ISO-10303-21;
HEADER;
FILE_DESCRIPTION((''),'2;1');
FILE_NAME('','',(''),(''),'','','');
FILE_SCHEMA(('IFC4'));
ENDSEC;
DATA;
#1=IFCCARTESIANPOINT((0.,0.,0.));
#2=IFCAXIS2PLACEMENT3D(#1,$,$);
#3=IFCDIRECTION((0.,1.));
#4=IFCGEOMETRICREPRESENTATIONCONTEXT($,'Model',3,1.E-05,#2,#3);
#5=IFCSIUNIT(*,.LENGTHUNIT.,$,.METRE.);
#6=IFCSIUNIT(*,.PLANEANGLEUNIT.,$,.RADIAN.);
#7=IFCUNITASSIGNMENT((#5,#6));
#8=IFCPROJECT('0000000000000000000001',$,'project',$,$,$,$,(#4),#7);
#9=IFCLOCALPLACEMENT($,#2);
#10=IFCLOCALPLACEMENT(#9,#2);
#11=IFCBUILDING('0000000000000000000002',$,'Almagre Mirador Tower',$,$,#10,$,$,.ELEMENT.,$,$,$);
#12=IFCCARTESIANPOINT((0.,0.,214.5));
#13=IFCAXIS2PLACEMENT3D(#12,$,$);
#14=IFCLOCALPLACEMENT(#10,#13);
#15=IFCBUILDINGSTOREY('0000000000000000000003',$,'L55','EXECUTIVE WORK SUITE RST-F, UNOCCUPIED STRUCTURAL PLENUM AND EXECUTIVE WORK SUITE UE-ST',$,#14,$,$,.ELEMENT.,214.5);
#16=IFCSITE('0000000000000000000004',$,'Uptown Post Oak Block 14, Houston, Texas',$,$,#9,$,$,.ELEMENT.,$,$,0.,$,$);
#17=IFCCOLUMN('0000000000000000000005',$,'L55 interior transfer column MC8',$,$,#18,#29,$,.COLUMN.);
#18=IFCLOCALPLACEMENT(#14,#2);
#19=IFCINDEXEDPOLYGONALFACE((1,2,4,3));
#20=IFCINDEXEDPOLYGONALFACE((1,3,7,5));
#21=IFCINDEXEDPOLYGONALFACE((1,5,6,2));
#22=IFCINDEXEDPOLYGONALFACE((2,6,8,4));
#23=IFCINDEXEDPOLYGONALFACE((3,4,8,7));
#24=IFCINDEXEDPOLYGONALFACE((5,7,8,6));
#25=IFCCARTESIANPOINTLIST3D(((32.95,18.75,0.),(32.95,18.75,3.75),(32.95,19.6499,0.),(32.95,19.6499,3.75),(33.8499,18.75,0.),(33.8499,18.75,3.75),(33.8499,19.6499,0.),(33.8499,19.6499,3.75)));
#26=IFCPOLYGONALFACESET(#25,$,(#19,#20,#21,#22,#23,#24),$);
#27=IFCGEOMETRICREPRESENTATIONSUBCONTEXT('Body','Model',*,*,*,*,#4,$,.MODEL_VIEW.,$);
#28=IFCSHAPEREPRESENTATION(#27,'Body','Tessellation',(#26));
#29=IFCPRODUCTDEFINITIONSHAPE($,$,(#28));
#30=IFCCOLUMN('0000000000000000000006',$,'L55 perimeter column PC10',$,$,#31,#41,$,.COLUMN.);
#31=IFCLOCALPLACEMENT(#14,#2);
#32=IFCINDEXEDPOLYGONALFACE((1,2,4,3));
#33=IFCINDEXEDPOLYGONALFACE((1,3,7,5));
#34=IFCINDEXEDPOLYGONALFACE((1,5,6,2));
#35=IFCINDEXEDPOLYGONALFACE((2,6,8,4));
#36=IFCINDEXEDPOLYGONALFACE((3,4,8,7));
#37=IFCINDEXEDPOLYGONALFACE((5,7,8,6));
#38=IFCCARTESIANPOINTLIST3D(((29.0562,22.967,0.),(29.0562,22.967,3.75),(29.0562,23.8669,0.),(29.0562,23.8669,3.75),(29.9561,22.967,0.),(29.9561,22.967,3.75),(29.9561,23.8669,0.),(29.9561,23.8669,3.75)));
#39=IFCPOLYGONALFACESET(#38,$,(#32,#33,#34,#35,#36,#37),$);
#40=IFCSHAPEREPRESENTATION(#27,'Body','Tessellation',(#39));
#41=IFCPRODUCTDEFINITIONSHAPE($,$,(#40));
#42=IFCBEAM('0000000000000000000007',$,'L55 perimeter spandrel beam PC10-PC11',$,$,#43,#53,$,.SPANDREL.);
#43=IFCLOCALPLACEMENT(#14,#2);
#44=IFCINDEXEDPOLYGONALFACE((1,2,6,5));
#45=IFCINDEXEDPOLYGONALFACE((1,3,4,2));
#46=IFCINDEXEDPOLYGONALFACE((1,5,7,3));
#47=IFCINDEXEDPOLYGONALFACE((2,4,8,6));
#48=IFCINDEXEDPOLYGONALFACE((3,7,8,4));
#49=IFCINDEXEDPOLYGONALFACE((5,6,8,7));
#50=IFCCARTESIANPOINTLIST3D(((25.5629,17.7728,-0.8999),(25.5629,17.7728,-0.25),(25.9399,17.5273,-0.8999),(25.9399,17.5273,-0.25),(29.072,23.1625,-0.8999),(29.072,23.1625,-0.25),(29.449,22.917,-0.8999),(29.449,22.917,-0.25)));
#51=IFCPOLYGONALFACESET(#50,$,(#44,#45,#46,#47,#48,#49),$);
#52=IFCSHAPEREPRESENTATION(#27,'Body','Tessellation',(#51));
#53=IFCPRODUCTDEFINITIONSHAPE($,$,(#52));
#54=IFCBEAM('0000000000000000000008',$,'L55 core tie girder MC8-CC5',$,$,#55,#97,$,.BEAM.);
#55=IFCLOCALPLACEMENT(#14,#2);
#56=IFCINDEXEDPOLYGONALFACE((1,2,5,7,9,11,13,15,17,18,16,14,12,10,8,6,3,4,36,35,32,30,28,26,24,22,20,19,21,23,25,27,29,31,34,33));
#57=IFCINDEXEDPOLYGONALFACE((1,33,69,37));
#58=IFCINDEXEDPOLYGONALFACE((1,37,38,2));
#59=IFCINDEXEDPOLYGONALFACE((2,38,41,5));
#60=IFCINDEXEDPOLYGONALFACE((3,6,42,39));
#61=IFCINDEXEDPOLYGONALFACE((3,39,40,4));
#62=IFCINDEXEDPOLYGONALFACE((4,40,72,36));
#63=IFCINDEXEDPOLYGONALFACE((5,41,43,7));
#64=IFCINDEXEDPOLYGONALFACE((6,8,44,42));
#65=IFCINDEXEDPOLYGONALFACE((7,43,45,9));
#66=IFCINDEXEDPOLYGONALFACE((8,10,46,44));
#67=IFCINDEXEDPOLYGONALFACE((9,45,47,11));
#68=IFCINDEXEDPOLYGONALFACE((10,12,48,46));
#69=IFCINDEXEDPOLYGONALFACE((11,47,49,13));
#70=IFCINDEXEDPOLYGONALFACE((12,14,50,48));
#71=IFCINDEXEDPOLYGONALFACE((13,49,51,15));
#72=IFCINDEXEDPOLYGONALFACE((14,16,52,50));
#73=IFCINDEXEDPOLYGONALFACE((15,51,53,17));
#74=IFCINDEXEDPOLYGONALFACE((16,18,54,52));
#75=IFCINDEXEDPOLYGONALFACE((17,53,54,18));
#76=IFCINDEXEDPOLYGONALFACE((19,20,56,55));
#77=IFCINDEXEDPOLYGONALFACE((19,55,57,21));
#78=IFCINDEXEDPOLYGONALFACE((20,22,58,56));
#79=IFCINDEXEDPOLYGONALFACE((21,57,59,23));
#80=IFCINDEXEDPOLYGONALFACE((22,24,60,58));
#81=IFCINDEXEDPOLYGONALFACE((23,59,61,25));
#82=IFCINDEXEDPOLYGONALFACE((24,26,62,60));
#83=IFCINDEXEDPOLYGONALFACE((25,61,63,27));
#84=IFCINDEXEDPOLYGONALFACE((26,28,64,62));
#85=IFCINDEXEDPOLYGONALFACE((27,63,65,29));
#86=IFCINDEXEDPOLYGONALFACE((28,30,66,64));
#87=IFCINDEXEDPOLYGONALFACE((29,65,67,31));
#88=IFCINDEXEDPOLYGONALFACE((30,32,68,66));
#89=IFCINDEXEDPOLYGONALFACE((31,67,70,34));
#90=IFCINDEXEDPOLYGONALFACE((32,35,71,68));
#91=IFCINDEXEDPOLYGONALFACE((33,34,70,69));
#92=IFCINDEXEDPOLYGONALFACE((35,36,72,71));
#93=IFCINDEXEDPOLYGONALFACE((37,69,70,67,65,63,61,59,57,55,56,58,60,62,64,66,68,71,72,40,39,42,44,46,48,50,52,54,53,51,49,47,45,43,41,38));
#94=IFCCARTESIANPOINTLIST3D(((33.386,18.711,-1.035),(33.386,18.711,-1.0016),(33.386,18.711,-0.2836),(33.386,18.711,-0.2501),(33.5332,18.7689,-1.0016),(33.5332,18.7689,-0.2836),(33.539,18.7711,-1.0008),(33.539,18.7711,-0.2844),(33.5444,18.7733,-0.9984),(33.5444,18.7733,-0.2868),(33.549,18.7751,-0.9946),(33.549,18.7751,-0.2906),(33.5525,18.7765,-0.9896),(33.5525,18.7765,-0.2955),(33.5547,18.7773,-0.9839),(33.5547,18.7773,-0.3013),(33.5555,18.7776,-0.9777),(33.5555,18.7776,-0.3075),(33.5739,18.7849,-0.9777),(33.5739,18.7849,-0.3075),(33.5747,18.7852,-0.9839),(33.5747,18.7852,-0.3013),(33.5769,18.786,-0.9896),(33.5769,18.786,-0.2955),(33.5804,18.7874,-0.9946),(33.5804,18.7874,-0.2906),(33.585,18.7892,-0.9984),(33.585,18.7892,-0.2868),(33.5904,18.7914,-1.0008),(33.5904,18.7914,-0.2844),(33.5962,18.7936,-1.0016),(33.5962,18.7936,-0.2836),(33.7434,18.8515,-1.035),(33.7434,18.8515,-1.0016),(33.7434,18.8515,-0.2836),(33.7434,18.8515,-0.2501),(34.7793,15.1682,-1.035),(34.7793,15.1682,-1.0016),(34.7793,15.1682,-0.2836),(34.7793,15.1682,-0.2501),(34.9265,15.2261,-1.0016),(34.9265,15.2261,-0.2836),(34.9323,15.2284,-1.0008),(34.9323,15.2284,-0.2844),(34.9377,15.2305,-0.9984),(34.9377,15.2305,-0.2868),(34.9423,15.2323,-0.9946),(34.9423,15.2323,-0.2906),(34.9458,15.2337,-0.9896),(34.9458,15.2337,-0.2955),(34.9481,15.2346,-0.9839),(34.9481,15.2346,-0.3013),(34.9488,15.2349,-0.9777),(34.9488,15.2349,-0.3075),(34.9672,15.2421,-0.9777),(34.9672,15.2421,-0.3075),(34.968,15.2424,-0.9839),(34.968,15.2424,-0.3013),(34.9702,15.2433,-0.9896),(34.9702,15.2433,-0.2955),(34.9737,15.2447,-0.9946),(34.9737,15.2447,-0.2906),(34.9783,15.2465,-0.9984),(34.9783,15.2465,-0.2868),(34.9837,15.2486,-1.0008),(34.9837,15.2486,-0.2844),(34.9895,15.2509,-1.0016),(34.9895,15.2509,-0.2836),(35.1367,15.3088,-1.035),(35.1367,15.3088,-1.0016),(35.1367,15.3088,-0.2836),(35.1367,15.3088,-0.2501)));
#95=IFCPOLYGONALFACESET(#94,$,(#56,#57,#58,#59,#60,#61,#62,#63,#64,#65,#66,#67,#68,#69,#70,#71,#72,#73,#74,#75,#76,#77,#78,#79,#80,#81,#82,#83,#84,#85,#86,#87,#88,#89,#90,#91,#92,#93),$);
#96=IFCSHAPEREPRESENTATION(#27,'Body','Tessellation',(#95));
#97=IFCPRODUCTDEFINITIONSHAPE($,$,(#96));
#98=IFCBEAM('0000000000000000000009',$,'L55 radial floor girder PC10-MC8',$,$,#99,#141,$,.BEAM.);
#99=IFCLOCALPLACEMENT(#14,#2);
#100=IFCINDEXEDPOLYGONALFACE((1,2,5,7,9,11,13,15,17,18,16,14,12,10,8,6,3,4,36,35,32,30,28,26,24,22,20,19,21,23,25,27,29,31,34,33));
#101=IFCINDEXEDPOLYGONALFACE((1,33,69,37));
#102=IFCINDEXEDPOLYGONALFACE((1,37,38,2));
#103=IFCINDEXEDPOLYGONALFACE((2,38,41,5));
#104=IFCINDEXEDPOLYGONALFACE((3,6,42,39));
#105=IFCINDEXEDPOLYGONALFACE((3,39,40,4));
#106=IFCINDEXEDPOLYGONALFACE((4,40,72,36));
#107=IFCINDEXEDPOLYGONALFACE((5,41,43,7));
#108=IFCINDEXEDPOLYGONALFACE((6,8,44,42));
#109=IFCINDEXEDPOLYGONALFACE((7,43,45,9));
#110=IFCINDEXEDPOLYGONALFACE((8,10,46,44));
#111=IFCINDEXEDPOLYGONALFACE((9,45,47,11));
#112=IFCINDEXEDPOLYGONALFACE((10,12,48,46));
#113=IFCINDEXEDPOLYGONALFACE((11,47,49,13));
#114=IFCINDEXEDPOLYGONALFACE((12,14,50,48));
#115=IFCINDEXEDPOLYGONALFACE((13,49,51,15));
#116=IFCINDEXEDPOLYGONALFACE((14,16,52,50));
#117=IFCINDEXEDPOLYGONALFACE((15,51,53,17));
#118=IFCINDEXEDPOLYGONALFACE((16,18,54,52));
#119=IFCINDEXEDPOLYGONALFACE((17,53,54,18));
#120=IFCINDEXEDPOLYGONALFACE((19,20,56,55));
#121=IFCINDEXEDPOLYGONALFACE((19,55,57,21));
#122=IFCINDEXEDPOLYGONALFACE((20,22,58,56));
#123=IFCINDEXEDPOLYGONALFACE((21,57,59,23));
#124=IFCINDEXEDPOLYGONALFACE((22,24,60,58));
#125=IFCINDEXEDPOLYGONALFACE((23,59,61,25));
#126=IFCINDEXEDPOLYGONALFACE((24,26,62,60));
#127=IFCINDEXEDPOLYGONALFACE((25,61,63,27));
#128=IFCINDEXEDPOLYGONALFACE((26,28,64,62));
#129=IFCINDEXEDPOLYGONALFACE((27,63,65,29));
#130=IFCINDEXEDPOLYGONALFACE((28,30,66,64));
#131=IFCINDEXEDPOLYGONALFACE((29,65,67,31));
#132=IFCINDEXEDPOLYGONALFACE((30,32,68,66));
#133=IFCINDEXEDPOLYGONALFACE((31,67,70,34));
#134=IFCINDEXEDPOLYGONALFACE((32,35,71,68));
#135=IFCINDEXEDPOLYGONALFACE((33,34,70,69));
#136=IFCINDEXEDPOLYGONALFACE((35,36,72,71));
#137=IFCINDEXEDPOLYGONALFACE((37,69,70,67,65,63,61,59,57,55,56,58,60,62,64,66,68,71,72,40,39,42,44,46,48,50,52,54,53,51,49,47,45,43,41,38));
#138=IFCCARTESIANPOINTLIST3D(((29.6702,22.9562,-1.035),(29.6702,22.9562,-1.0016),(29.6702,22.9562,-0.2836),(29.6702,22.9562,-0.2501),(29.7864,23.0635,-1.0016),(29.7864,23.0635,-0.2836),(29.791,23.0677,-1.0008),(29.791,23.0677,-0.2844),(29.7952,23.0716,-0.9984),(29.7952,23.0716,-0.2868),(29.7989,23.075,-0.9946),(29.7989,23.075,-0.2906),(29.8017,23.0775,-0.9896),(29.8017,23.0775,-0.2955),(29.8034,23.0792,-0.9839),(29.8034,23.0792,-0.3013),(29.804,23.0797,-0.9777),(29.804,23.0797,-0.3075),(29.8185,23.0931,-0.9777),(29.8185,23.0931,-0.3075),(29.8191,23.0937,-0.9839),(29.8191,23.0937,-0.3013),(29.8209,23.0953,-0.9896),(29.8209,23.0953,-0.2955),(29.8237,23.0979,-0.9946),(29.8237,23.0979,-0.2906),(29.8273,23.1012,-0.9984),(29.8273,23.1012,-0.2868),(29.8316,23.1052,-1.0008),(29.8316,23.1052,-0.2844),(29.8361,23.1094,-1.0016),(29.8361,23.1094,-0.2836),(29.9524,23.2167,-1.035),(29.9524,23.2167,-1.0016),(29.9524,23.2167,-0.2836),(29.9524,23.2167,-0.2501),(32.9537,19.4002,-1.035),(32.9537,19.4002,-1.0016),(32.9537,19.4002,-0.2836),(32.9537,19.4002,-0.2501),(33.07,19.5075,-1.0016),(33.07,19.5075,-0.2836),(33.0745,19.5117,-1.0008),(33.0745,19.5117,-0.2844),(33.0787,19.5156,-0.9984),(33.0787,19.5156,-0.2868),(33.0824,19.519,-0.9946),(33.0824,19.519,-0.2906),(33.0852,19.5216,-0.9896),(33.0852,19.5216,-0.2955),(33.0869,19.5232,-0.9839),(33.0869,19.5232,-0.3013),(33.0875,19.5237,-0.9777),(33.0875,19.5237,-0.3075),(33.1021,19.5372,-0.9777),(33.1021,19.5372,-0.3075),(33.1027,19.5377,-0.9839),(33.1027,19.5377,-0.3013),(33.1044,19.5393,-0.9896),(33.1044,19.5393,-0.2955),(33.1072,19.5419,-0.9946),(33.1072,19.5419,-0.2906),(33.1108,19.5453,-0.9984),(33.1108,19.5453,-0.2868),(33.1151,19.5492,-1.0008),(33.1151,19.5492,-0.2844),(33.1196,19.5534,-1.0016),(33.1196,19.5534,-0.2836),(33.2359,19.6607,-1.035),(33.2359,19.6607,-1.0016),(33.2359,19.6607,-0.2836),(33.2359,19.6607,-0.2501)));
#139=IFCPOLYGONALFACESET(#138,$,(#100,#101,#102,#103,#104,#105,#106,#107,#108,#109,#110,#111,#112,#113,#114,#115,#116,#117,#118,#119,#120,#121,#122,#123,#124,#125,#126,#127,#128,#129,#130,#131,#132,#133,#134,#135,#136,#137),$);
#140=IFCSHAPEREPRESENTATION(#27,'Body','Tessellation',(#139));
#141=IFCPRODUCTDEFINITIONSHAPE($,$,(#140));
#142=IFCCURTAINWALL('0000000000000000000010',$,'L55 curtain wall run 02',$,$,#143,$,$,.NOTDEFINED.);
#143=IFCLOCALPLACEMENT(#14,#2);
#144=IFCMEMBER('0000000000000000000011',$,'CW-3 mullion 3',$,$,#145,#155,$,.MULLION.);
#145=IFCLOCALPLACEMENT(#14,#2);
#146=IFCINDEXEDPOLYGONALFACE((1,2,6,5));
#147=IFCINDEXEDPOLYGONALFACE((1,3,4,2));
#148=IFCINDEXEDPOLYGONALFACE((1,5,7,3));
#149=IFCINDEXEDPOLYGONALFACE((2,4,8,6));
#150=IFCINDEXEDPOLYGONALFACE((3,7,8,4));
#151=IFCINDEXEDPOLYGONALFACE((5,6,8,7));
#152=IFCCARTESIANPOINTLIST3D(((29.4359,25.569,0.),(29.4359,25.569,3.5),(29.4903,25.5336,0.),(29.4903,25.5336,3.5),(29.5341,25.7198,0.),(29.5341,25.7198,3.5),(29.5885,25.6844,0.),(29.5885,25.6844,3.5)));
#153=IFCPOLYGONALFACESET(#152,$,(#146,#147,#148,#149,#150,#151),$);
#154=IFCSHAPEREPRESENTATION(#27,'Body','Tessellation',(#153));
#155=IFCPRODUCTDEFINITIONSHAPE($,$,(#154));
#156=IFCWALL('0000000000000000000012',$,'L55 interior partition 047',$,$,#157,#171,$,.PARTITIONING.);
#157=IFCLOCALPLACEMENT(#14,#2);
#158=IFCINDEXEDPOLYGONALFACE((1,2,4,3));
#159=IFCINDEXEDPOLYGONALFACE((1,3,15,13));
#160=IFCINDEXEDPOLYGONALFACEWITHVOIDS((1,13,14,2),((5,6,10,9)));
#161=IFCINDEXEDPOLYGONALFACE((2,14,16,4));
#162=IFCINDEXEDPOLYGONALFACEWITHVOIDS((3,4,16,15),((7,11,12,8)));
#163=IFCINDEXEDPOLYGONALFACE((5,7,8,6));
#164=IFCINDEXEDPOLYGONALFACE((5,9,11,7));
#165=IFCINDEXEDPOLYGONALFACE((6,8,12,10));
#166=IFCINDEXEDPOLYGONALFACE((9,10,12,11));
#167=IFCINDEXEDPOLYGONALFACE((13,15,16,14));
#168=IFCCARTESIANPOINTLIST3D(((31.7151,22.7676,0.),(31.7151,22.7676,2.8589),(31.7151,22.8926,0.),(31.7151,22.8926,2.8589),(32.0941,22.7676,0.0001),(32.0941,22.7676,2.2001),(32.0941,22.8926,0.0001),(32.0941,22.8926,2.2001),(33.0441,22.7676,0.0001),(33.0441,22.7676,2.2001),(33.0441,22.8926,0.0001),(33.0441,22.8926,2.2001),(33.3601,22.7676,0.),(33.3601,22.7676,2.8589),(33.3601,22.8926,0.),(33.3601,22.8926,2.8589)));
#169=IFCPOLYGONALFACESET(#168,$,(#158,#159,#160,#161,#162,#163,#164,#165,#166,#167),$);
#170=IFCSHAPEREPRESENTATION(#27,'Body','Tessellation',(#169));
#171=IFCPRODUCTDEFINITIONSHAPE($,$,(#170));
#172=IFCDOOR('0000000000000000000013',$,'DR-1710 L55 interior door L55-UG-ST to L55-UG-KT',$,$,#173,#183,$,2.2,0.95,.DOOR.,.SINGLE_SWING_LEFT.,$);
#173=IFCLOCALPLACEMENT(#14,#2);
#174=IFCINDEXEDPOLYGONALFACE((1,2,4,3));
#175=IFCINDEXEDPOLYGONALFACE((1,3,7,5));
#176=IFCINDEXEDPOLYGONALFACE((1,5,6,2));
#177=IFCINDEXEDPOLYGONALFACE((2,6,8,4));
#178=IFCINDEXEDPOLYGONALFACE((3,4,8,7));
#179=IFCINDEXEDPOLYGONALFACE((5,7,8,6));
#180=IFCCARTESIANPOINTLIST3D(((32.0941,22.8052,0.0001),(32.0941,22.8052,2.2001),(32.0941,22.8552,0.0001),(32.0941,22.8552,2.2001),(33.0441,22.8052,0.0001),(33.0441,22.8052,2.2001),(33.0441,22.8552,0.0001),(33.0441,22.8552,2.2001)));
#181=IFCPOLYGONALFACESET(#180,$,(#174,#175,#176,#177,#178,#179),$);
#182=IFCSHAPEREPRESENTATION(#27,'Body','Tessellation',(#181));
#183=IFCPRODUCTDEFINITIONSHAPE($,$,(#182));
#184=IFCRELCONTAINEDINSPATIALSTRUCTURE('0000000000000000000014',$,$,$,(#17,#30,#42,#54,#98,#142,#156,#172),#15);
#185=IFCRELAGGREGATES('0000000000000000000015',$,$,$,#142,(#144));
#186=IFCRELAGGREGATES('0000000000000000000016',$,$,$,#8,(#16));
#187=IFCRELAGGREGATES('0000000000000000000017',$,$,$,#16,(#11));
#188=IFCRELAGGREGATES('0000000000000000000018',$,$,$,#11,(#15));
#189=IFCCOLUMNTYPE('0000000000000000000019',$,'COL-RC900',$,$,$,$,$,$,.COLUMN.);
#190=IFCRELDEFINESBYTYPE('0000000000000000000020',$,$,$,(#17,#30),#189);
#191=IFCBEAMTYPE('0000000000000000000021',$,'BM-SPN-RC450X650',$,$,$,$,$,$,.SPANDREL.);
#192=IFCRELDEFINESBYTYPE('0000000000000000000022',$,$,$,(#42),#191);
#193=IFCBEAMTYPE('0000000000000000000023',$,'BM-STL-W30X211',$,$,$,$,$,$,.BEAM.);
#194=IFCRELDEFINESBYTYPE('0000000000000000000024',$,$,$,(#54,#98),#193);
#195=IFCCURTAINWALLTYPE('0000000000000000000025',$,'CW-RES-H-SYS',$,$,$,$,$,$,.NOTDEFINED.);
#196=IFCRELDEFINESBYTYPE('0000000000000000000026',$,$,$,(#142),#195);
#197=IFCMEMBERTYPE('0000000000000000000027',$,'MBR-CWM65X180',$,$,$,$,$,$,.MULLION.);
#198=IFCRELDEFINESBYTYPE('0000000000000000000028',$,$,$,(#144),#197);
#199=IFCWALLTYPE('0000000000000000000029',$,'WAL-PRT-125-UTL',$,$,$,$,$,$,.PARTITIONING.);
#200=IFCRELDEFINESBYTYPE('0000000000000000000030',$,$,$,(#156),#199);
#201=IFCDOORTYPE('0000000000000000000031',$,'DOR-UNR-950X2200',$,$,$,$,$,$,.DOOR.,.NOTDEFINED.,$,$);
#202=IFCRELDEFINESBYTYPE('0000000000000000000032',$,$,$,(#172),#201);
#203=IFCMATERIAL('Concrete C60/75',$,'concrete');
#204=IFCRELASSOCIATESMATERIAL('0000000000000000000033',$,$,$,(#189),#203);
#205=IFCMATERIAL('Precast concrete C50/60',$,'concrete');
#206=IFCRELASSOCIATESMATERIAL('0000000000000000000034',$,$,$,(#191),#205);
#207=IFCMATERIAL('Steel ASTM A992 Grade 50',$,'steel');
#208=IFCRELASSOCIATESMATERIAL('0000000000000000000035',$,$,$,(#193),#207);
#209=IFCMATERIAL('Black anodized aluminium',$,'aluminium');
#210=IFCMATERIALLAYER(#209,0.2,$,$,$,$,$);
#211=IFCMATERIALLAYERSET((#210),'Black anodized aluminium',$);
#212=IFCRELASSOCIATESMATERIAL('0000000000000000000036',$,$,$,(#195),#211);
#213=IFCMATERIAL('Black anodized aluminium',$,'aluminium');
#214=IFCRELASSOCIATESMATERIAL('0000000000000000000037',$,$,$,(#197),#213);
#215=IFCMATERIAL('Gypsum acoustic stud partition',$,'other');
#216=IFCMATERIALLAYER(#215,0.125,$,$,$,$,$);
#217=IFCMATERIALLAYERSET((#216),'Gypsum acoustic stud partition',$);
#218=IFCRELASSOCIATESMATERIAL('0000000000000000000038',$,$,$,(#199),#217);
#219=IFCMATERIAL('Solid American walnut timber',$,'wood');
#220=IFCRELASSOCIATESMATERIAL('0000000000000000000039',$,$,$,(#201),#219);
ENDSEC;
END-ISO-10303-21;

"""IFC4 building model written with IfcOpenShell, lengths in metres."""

from ifc_helpers import new_model, si_unit, direction, frame, frame_2d, origin, origin_2d, place, context, subcontext, project, spatial, rectangle, i_section, extrude, material, layer, layer_set, material_profile, profile_set, type_object, element, fill, aggregate, save


model = new_model("IFC4")

# Units and contexts
model_context = context("Model", 3, precision=1e-05, world=origin(), true_north=direction((0.0, 1.0)))
body_context = subcontext(model_context, "Body", "Model", "MODEL_VIEW")
ifc_project = project(units=[si_unit("LENGTHUNIT", "METRE"), si_unit("PLANEANGLEUNIT", "RADIAN")], contexts=[model_context])

# Site, building, storey
site_placement = place(None, origin())
site = spatial("IfcSite", under=ifc_project, at=site_placement, Name="Uptown Post Oak Block 14, Houston, Texas", CompositionType="ELEMENT", RefElevation=0.0)
building_placement = place(site_placement, origin())
building = spatial("IfcBuilding", under=site, at=building_placement, Name="Almagre Mirador Tower", CompositionType="ELEMENT")
storey_placement = place(building_placement, frame((0.0, 0.0, 214.5)))
storey = spatial("IfcBuildingStorey", under=building, at=storey_placement, Name="L55", Description="EXECUTIVE WORK SUITE RST-F, UNOCCUPIED STRUCTURAL PLENUM AND EXECUTIVE WORK SUITE UE-ST", CompositionType="ELEMENT", Elevation=214.5)

# Columns
ifc_material_1 = material(Name="Concrete C60/75", Category="concrete")
ifc_material_profile_1 = material_profile(ifc_material_1, rectangle(XDim=0.8999, YDim=0.8999, at=origin_2d()), Name="RC900X900")
ifc_profile_set_1 = profile_set([ifc_material_profile_1], Name="Concrete C60/75")
column_type = type_object("IfcColumnType", Name="COL-RC900", PredefinedType="COLUMN", material=ifc_profile_set_1)
for number, where, z_axis, x_axis, name in (
    (1, (33.3999, 19.2, 0.0), (0.0, 0.0, 1.0), (1.0, 0.0, 0.0), "L55 interior transfer column MC8"),
    (2, (29.5061, 23.417, 0.0), (0.0, 0.0, 1.0), (1.0, 0.0, 0.0), "L55 perimeter column PC10"),
):
    element("IfcColumn", number, at=place(storey_placement, frame(where, z_axis=z_axis, x_axis=x_axis)), inside=storey, type_object=column_type, Name=name, PredefinedType="COLUMN", context=body_context, shape_type="SweptSolid", body=[
        extrude(rectangle(XDim=0.8999, YDim=0.8999, at=origin_2d()), origin(), (0.0, 0.0, 1.0), 3.75),
    ])

# Beams
ifc_material_2 = material(Name="Precast concrete C50/60", Category="concrete")
ifc_material_profile_2 = material_profile(ifc_material_2, rectangle(XDim=0.45, YDim=0.6499, at=origin_2d()), Name="RC450X650")
ifc_profile_set_2 = profile_set([ifc_material_profile_2], Name="Precast concrete C50/60")
beam_type_1 = type_object("IfcBeamType", Name="BM-SPN-RC450X650", PredefinedType="SPANDREL", material=ifc_profile_set_2)
beam_1_placement = place(storey_placement, frame((29.2605, 23.0398, -0.575), z_axis=(-0.545618, -0.838034, 0.0), x_axis=(0.838034, -0.545618, 0.0)))
element("IfcBeam", 3, at=beam_1_placement, inside=storey, type_object=beam_type_1, Name="L55 perimeter spandrel beam PC10-PC11", PredefinedType="SPANDREL", context=body_context, shape_type="SweptSolid", body=[
    extrude(rectangle(XDim=0.45, YDim=0.6499, at=origin_2d()), origin(), (0.0, 0.0, 1.0), 6.4314),
])
ifc_material_3 = material(Name="Steel ASTM A992 Grade 50", Category="steel")
ifc_material_profile_3 = material_profile(ifc_material_3, i_section(OverallWidth=0.384, OverallDepth=0.7849, WebThickness=0.0198, FlangeThickness=0.0334, FilletRadius=0.0239, at=origin_2d()), Name="W30X211")
ifc_profile_set_3 = profile_set([ifc_material_profile_3], Name="Steel ASTM A992 Grade 50")
beam_type_2 = type_object("IfcBeamType", Name="BM-STL-W30X211", PredefinedType="BEAM", material=ifc_profile_set_3)
beam_2_placement = place(storey_placement, frame((33.5647, 18.7812, -0.6426), z_axis=(0.366, -0.930615, 0.0), x_axis=(0.930615, 0.366, 0.0)))
element("IfcBeam", 4, at=beam_2_placement, inside=storey, type_object=beam_type_2, Name="L55 core tie girder MC8-CC5", PredefinedType="BEAM", context=body_context, shape_type="SweptSolid", body=[
    extrude(i_section(OverallWidth=0.384, OverallDepth=0.7849, WebThickness=0.0198, FlangeThickness=0.0334, FilletRadius=0.0239, at=origin_2d()), origin(), (0.0, 0.0, 1.0), 3.8069),
])
beam_3_placement = place(storey_placement, frame((29.8113, 23.0864, -0.6426), z_axis=(0.6784, -0.734693, 0.0), x_axis=(0.734693, 0.6784, 0.0)))
element("IfcBeam", 5, at=beam_3_placement, inside=storey, type_object=beam_type_2, Name="L55 radial floor girder PC10-MC8", PredefinedType="BEAM", context=body_context, shape_type="SweptSolid", body=[
    extrude(i_section(OverallWidth=0.384, OverallDepth=0.7849, WebThickness=0.0198, FlangeThickness=0.0334, FilletRadius=0.0239, at=origin_2d()), origin(), (0.0, 0.0, 1.0), 4.8401),
])

# Curtain wall, member
ifc_material_4 = material(Name="Black anodized aluminium", Category="aluminium")
ifc_layer_1 = layer(ifc_material_4, 0.2)
ifc_layer_set_1 = layer_set([ifc_layer_1], Name="Black anodized aluminium")
curtain_wall_type = type_object("IfcCurtainWallType", Name="CW-RES-H-SYS", PredefinedType="NOTDEFINED", material=ifc_layer_set_1)
curtain_wall_placement = place(storey_placement, origin())
curtain_wall = element("IfcCurtainWall", 6, at=curtain_wall_placement, inside=storey, type_object=curtain_wall_type, Name="L55 curtain wall run 02", PredefinedType="NOTDEFINED")
ifc_material_5 = material(Name="Black anodized aluminium", Category="aluminium")
ifc_material_profile_4 = material_profile(ifc_material_5, rectangle(XDim=0.0649, YDim=0.1799, at=origin_2d()), Name="CWM65X180")
ifc_profile_set_4 = profile_set([ifc_material_profile_4], Name="Black anodized aluminium")
member_type = type_object("IfcMemberType", Name="MBR-CWM65X180", PredefinedType="MULLION", material=ifc_profile_set_4)
member_placement = place(storey_placement, frame((29.5122, 25.6267, 0.0), z_axis=(0.0, 0.0, 1.0), x_axis=(-0.838036, 0.545614, 0.0)))
member = element("IfcMember", 7, at=member_placement, type_object=member_type, Name="CW-3 mullion 3", PredefinedType="MULLION", context=body_context, shape_type="SweptSolid", body=[
    extrude(rectangle(XDim=0.0649, YDim=0.1799, at=origin_2d()), origin(), (0.0, 0.0, 1.0), 3.5),
])
aggregate(curtain_wall, [member])

# Wall, opening, door
ifc_material_6 = material(Name="Gypsum acoustic stud partition", Category="other")
ifc_layer_2 = layer(ifc_material_6, 0.125)
ifc_layer_set_2 = layer_set([ifc_layer_2], Name="Gypsum acoustic stud partition")
wall_type_1 = type_object("IfcWallType", Name="WAL-PRT-125-UTL", PredefinedType="PARTITIONING", material=ifc_layer_set_2)
wall_1_placement = place(storey_placement, frame((33.3601, 22.8301, 0.0), z_axis=(0.0, 0.0, 1.0), x_axis=(-1.0, 0.0, 0.0)))
wall_1 = element("IfcWall", 8, at=wall_1_placement, inside=storey, type_object=wall_type_1, Name="L55 interior partition 047", PredefinedType="PARTITIONING", context=body_context, shape_type="SweptSolid", body=[
    extrude(rectangle(XDim=1.645, YDim=0.125, at=frame_2d((0.8225, 0.0))), origin(), (0.0, 0.0, 1.0), 2.8589),
])
opening_1_placement = place(wall_1_placement, frame((0.3159, 0.0, 0.0)))
opening_1 = element("IfcOpeningElement", 9, at=opening_1_placement, cuts=wall_1, PredefinedType="OPENING", context=body_context, shape_type="SweptSolid", body=[
    extrude(rectangle(XDim=0.95, YDim=2.2, at=frame_2d((0.4751, 1.1001))), frame((0.0, 0.0725, 0.0), z_axis=(0.0, -1.0, 0.0), x_axis=(1.0, 0.0, 0.0)), (0.0, 0.0, 1.0), 0.145),
])
ifc_material_7 = material(Name="Solid American walnut timber", Category="wood")
door_type_1 = type_object("IfcDoorType", Name="DOR-UNR-950X2200", OperationType="NOTDEFINED", PredefinedType="DOOR", material=ifc_material_7)
door_1_placement = place(opening_1_placement, origin())
door_1 = element("IfcDoor", 10, at=door_1_placement, inside=storey, type_object=door_type_1, Name="DR-1710 L55 interior door L55-UG-ST to L55-UG-KT", OperationType="SINGLE_SWING_LEFT", OverallHeight=2.2, OverallWidth=0.95, PredefinedType="DOOR", context=body_context, shape_type="SweptSolid", body=[
    extrude(rectangle(XDim=0.95, YDim=2.2, at=frame_2d((0.4751, 1.1001))), frame((0.0, 0.0249, 0.0), z_axis=(0.0, -1.0, 0.0), x_axis=(1.0, 0.0, 0.0)), (0.0, 0.0, 1.0), 0.05),
])
fill(opening_1, door_1)

save(model, "model.ifc")
